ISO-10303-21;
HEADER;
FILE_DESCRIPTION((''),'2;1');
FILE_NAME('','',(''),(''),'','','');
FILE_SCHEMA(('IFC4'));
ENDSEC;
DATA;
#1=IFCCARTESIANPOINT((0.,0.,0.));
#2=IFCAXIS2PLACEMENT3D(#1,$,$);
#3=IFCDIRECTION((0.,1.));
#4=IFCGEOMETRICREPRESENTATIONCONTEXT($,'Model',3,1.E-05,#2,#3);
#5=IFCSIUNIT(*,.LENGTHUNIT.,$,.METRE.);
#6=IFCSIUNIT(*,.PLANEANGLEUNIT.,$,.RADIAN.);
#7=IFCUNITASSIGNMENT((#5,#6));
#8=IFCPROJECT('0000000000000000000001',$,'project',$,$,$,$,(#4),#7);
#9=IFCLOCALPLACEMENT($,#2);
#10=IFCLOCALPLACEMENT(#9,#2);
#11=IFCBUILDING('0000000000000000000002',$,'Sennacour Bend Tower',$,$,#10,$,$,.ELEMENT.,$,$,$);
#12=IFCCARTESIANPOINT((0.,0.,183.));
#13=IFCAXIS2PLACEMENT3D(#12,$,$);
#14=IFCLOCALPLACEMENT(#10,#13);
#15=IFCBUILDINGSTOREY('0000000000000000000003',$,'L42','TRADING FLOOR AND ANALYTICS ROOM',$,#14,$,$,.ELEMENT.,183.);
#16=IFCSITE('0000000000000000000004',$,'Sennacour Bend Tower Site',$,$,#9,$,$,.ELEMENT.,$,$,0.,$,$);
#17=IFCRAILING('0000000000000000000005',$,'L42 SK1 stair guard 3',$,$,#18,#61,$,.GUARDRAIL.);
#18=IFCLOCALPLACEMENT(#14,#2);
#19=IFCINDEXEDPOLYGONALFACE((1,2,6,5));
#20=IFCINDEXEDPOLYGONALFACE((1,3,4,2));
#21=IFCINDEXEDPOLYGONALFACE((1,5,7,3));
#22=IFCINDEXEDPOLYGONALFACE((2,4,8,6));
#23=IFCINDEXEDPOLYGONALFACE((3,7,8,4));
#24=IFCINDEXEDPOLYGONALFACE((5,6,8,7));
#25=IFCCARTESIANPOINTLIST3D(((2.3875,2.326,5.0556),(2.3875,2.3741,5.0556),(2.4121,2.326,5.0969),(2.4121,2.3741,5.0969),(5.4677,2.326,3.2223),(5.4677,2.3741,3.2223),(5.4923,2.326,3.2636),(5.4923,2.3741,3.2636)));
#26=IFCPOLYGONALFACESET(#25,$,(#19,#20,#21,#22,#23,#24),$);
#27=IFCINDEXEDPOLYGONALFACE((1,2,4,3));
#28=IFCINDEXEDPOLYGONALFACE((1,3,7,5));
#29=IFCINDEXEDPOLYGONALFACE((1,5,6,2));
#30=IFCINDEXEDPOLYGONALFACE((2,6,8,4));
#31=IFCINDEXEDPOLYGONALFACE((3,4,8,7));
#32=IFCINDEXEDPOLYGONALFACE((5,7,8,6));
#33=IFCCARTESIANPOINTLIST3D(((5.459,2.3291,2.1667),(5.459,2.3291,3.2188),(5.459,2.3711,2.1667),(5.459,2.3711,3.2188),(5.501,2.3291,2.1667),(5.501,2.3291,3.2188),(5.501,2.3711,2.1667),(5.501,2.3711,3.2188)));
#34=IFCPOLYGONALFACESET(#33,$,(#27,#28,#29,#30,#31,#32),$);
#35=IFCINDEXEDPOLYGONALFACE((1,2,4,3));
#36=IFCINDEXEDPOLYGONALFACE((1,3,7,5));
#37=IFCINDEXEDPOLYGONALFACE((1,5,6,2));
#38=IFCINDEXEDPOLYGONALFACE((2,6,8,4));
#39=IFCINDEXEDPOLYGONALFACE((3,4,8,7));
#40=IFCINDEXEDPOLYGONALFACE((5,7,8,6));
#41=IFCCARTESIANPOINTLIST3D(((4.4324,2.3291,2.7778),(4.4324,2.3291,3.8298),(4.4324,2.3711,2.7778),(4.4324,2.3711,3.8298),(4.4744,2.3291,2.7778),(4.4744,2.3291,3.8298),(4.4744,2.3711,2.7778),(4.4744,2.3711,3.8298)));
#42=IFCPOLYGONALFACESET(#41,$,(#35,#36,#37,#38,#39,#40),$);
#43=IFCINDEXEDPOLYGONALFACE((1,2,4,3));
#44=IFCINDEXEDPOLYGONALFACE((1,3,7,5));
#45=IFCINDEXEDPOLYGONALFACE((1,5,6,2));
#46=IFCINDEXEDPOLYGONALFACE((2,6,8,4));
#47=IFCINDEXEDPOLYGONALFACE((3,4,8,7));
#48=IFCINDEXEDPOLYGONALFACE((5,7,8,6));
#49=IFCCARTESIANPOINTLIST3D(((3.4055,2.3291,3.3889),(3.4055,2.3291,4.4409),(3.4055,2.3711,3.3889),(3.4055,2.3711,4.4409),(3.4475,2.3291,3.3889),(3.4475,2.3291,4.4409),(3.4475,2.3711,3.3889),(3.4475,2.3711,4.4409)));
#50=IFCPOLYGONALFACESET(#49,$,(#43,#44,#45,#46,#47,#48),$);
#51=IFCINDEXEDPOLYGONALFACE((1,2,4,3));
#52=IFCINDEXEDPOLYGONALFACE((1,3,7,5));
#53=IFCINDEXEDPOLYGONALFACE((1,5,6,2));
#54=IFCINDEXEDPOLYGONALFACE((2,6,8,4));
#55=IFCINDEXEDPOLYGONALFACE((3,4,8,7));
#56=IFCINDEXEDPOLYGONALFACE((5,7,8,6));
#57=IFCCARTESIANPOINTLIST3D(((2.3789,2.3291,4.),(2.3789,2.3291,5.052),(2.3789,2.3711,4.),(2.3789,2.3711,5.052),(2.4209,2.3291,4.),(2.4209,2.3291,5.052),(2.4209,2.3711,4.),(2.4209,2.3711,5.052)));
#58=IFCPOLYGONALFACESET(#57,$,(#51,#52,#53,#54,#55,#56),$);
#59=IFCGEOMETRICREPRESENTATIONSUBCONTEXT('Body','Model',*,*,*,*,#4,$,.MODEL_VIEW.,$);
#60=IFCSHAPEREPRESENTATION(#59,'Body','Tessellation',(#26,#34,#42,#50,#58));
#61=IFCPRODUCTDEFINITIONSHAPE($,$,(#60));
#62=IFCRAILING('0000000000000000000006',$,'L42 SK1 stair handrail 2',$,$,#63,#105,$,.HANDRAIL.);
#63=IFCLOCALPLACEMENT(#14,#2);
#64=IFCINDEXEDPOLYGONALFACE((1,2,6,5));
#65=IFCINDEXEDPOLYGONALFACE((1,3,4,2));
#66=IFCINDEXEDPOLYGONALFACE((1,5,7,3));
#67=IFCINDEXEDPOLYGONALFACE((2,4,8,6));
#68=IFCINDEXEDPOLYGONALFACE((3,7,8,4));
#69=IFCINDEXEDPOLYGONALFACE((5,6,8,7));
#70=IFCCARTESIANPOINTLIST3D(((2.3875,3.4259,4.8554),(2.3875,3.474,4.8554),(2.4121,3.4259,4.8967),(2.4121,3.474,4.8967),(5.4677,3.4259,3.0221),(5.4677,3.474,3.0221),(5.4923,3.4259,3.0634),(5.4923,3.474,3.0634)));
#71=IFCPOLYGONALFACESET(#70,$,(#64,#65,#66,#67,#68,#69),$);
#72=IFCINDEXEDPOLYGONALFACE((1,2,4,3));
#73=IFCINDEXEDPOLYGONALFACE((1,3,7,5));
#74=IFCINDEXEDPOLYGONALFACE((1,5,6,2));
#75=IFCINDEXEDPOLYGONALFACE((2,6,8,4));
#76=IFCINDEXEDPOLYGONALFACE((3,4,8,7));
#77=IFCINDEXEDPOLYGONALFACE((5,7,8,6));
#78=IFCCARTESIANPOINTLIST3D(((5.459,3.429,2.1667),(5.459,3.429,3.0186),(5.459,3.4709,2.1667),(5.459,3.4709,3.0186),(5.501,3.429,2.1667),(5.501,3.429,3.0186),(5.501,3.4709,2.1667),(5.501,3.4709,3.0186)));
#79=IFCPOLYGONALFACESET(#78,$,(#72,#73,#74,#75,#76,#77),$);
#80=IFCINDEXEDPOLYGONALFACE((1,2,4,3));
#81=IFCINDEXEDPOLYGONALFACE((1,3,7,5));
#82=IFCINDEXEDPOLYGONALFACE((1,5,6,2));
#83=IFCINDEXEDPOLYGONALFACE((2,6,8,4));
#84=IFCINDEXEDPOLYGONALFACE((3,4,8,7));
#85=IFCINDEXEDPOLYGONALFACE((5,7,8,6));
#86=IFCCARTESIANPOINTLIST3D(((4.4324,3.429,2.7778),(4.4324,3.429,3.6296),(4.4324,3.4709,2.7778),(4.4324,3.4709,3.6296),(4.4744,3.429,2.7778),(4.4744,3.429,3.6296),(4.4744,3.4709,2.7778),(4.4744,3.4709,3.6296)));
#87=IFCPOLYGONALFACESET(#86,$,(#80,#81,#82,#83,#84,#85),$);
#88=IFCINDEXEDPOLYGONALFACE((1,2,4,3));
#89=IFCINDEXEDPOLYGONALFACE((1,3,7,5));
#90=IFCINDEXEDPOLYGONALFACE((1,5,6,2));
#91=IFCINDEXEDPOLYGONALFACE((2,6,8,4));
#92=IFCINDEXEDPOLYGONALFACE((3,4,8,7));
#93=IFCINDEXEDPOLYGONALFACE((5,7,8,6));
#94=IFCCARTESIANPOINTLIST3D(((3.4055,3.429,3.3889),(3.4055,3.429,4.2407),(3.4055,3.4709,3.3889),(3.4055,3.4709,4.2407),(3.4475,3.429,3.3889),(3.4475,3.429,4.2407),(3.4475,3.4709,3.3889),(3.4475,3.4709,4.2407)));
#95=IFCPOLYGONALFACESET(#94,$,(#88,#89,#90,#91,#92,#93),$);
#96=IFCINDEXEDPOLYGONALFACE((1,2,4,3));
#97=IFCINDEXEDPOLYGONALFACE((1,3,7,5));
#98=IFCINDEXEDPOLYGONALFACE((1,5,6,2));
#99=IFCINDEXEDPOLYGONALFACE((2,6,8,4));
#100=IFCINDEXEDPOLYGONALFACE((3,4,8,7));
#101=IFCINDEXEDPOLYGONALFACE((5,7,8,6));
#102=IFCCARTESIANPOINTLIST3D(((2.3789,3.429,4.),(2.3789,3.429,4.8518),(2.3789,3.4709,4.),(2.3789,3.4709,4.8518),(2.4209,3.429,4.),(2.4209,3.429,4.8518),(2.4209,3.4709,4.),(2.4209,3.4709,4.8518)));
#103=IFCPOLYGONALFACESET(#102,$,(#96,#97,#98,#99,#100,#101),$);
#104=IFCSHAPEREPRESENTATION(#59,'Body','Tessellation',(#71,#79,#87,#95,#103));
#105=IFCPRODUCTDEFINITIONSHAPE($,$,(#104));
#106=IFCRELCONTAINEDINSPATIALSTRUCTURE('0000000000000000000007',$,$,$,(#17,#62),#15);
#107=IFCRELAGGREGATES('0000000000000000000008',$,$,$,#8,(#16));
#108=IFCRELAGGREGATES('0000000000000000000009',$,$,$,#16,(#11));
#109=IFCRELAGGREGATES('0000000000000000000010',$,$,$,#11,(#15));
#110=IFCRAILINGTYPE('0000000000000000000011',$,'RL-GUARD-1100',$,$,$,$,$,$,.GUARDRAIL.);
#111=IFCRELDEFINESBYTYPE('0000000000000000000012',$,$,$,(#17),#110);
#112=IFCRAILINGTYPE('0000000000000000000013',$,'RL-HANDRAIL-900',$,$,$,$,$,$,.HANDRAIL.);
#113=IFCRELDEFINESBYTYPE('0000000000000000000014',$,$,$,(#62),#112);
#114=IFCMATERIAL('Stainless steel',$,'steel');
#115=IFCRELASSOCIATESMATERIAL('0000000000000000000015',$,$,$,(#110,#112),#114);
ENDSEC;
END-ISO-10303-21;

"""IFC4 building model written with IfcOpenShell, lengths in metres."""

from ifc_helpers import new_model, si_unit, direction, frame, origin, origin_2d, place, context, subcontext, project, spatial, rectangle, extrude, material, type_object, element, save


model = new_model("IFC4")

# Units and contexts
model_context = context("Model", 3, precision=1e-05, world=origin(), true_north=direction((0.0, 1.0)))
body_context = subcontext(model_context, "Body", "Model", "MODEL_VIEW")
ifc_project = project(units=[si_unit("LENGTHUNIT", "METRE"), si_unit("PLANEANGLEUNIT", "RADIAN")], contexts=[model_context])

# Site, building, storey
site_placement = place(None, origin())
site = spatial("IfcSite", under=ifc_project, at=site_placement, Name="Sennacour Bend Tower Site", CompositionType="ELEMENT", RefElevation=0.0)
building_placement = place(site_placement, origin())
building = spatial("IfcBuilding", under=site, at=building_placement, Name="Sennacour Bend Tower", CompositionType="ELEMENT")
storey_placement = place(building_placement, frame((0.0, 0.0, 183.0)))
storey = spatial("IfcBuildingStorey", under=building, at=storey_placement, Name="L42", Description="TRADING FLOOR AND ANALYTICS ROOM", CompositionType="ELEMENT", Elevation=183.0)

# Railings
ifc_material_1 = material(Name="Stainless steel", Category="steel")
railing_type_1 = type_object("IfcRailingType", Name="RL-GUARD-1100", PredefinedType="GUARDRAIL", material=ifc_material_1)
railing_1_placement = place(storey_placement, frame((5.48, 2.3501, 2.1667)))
element("IfcRailing", 1, at=railing_1_placement, inside=storey, type_object=railing_type_1, Name="L42 SK1 stair guard 3", PredefinedType="GUARDRAIL", context=body_context, shape_type="SweptSolid", body=[
    extrude(rectangle(XDim=0.0481, YDim=0.0481, at=origin_2d()), frame((0.0, 0.0, 1.0762), z_axis=(-0.859309, 0.0, 0.511458), x_axis=(0.0, -1.0, 0.0)), (0.0, 0.0, 1.0), 3.5845),
    extrude(rectangle(XDim=0.042, YDim=0.042, at=origin_2d()), origin(), (0.0, 0.0, 1.0), 1.052),
    extrude(rectangle(XDim=0.042, YDim=0.042, at=origin_2d()), frame((-1.0266, 0.0, 0.6111)), (0.0, 0.0, 1.0), 1.052),
    extrude(rectangle(XDim=0.042, YDim=0.042, at=origin_2d()), frame((-2.0535, 0.0, 1.2222)), (0.0, 0.0, 1.0), 1.052),
    extrude(rectangle(XDim=0.042, YDim=0.042, at=origin_2d()), frame((-3.0801, 0.0, 1.8333)), (0.0, 0.0, 1.0), 1.052),
])
railing_type_2 = type_object("IfcRailingType", Name="RL-HANDRAIL-900", PredefinedType="HANDRAIL", material=ifc_material_1)
railing_2_placement = place(storey_placement, frame((5.48, 3.45, 2.1667)))
element("IfcRailing", 2, at=railing_2_placement, inside=storey, type_object=railing_type_2, Name="L42 SK1 stair handrail 2", PredefinedType="HANDRAIL", context=body_context, shape_type="SweptSolid", body=[
    extrude(rectangle(XDim=0.0481, YDim=0.0481, at=origin_2d()), frame((0.0, 0.0, 0.876), z_axis=(-0.859309, 0.0, 0.511458), x_axis=(0.0, -1.0, 0.0)), (0.0, 0.0, 1.0), 3.5845),
    extrude(rectangle(XDim=0.042, YDim=0.042, at=origin_2d()), origin(), (0.0, 0.0, 1.0), 0.8518),
    extrude(rectangle(XDim=0.042, YDim=0.042, at=origin_2d()), frame((-1.0266, 0.0, 0.6111)), (0.0, 0.0, 1.0), 0.8518),
    extrude(rectangle(XDim=0.042, YDim=0.042, at=origin_2d()), frame((-2.0535, 0.0, 1.2222)), (0.0, 0.0, 1.0), 0.8518),
    extrude(rectangle(XDim=0.042, YDim=0.042, at=origin_2d()), frame((-3.0801, 0.0, 1.8333)), (0.0, 0.0, 1.0), 0.8518),
])

save(model, "model.ifc")
